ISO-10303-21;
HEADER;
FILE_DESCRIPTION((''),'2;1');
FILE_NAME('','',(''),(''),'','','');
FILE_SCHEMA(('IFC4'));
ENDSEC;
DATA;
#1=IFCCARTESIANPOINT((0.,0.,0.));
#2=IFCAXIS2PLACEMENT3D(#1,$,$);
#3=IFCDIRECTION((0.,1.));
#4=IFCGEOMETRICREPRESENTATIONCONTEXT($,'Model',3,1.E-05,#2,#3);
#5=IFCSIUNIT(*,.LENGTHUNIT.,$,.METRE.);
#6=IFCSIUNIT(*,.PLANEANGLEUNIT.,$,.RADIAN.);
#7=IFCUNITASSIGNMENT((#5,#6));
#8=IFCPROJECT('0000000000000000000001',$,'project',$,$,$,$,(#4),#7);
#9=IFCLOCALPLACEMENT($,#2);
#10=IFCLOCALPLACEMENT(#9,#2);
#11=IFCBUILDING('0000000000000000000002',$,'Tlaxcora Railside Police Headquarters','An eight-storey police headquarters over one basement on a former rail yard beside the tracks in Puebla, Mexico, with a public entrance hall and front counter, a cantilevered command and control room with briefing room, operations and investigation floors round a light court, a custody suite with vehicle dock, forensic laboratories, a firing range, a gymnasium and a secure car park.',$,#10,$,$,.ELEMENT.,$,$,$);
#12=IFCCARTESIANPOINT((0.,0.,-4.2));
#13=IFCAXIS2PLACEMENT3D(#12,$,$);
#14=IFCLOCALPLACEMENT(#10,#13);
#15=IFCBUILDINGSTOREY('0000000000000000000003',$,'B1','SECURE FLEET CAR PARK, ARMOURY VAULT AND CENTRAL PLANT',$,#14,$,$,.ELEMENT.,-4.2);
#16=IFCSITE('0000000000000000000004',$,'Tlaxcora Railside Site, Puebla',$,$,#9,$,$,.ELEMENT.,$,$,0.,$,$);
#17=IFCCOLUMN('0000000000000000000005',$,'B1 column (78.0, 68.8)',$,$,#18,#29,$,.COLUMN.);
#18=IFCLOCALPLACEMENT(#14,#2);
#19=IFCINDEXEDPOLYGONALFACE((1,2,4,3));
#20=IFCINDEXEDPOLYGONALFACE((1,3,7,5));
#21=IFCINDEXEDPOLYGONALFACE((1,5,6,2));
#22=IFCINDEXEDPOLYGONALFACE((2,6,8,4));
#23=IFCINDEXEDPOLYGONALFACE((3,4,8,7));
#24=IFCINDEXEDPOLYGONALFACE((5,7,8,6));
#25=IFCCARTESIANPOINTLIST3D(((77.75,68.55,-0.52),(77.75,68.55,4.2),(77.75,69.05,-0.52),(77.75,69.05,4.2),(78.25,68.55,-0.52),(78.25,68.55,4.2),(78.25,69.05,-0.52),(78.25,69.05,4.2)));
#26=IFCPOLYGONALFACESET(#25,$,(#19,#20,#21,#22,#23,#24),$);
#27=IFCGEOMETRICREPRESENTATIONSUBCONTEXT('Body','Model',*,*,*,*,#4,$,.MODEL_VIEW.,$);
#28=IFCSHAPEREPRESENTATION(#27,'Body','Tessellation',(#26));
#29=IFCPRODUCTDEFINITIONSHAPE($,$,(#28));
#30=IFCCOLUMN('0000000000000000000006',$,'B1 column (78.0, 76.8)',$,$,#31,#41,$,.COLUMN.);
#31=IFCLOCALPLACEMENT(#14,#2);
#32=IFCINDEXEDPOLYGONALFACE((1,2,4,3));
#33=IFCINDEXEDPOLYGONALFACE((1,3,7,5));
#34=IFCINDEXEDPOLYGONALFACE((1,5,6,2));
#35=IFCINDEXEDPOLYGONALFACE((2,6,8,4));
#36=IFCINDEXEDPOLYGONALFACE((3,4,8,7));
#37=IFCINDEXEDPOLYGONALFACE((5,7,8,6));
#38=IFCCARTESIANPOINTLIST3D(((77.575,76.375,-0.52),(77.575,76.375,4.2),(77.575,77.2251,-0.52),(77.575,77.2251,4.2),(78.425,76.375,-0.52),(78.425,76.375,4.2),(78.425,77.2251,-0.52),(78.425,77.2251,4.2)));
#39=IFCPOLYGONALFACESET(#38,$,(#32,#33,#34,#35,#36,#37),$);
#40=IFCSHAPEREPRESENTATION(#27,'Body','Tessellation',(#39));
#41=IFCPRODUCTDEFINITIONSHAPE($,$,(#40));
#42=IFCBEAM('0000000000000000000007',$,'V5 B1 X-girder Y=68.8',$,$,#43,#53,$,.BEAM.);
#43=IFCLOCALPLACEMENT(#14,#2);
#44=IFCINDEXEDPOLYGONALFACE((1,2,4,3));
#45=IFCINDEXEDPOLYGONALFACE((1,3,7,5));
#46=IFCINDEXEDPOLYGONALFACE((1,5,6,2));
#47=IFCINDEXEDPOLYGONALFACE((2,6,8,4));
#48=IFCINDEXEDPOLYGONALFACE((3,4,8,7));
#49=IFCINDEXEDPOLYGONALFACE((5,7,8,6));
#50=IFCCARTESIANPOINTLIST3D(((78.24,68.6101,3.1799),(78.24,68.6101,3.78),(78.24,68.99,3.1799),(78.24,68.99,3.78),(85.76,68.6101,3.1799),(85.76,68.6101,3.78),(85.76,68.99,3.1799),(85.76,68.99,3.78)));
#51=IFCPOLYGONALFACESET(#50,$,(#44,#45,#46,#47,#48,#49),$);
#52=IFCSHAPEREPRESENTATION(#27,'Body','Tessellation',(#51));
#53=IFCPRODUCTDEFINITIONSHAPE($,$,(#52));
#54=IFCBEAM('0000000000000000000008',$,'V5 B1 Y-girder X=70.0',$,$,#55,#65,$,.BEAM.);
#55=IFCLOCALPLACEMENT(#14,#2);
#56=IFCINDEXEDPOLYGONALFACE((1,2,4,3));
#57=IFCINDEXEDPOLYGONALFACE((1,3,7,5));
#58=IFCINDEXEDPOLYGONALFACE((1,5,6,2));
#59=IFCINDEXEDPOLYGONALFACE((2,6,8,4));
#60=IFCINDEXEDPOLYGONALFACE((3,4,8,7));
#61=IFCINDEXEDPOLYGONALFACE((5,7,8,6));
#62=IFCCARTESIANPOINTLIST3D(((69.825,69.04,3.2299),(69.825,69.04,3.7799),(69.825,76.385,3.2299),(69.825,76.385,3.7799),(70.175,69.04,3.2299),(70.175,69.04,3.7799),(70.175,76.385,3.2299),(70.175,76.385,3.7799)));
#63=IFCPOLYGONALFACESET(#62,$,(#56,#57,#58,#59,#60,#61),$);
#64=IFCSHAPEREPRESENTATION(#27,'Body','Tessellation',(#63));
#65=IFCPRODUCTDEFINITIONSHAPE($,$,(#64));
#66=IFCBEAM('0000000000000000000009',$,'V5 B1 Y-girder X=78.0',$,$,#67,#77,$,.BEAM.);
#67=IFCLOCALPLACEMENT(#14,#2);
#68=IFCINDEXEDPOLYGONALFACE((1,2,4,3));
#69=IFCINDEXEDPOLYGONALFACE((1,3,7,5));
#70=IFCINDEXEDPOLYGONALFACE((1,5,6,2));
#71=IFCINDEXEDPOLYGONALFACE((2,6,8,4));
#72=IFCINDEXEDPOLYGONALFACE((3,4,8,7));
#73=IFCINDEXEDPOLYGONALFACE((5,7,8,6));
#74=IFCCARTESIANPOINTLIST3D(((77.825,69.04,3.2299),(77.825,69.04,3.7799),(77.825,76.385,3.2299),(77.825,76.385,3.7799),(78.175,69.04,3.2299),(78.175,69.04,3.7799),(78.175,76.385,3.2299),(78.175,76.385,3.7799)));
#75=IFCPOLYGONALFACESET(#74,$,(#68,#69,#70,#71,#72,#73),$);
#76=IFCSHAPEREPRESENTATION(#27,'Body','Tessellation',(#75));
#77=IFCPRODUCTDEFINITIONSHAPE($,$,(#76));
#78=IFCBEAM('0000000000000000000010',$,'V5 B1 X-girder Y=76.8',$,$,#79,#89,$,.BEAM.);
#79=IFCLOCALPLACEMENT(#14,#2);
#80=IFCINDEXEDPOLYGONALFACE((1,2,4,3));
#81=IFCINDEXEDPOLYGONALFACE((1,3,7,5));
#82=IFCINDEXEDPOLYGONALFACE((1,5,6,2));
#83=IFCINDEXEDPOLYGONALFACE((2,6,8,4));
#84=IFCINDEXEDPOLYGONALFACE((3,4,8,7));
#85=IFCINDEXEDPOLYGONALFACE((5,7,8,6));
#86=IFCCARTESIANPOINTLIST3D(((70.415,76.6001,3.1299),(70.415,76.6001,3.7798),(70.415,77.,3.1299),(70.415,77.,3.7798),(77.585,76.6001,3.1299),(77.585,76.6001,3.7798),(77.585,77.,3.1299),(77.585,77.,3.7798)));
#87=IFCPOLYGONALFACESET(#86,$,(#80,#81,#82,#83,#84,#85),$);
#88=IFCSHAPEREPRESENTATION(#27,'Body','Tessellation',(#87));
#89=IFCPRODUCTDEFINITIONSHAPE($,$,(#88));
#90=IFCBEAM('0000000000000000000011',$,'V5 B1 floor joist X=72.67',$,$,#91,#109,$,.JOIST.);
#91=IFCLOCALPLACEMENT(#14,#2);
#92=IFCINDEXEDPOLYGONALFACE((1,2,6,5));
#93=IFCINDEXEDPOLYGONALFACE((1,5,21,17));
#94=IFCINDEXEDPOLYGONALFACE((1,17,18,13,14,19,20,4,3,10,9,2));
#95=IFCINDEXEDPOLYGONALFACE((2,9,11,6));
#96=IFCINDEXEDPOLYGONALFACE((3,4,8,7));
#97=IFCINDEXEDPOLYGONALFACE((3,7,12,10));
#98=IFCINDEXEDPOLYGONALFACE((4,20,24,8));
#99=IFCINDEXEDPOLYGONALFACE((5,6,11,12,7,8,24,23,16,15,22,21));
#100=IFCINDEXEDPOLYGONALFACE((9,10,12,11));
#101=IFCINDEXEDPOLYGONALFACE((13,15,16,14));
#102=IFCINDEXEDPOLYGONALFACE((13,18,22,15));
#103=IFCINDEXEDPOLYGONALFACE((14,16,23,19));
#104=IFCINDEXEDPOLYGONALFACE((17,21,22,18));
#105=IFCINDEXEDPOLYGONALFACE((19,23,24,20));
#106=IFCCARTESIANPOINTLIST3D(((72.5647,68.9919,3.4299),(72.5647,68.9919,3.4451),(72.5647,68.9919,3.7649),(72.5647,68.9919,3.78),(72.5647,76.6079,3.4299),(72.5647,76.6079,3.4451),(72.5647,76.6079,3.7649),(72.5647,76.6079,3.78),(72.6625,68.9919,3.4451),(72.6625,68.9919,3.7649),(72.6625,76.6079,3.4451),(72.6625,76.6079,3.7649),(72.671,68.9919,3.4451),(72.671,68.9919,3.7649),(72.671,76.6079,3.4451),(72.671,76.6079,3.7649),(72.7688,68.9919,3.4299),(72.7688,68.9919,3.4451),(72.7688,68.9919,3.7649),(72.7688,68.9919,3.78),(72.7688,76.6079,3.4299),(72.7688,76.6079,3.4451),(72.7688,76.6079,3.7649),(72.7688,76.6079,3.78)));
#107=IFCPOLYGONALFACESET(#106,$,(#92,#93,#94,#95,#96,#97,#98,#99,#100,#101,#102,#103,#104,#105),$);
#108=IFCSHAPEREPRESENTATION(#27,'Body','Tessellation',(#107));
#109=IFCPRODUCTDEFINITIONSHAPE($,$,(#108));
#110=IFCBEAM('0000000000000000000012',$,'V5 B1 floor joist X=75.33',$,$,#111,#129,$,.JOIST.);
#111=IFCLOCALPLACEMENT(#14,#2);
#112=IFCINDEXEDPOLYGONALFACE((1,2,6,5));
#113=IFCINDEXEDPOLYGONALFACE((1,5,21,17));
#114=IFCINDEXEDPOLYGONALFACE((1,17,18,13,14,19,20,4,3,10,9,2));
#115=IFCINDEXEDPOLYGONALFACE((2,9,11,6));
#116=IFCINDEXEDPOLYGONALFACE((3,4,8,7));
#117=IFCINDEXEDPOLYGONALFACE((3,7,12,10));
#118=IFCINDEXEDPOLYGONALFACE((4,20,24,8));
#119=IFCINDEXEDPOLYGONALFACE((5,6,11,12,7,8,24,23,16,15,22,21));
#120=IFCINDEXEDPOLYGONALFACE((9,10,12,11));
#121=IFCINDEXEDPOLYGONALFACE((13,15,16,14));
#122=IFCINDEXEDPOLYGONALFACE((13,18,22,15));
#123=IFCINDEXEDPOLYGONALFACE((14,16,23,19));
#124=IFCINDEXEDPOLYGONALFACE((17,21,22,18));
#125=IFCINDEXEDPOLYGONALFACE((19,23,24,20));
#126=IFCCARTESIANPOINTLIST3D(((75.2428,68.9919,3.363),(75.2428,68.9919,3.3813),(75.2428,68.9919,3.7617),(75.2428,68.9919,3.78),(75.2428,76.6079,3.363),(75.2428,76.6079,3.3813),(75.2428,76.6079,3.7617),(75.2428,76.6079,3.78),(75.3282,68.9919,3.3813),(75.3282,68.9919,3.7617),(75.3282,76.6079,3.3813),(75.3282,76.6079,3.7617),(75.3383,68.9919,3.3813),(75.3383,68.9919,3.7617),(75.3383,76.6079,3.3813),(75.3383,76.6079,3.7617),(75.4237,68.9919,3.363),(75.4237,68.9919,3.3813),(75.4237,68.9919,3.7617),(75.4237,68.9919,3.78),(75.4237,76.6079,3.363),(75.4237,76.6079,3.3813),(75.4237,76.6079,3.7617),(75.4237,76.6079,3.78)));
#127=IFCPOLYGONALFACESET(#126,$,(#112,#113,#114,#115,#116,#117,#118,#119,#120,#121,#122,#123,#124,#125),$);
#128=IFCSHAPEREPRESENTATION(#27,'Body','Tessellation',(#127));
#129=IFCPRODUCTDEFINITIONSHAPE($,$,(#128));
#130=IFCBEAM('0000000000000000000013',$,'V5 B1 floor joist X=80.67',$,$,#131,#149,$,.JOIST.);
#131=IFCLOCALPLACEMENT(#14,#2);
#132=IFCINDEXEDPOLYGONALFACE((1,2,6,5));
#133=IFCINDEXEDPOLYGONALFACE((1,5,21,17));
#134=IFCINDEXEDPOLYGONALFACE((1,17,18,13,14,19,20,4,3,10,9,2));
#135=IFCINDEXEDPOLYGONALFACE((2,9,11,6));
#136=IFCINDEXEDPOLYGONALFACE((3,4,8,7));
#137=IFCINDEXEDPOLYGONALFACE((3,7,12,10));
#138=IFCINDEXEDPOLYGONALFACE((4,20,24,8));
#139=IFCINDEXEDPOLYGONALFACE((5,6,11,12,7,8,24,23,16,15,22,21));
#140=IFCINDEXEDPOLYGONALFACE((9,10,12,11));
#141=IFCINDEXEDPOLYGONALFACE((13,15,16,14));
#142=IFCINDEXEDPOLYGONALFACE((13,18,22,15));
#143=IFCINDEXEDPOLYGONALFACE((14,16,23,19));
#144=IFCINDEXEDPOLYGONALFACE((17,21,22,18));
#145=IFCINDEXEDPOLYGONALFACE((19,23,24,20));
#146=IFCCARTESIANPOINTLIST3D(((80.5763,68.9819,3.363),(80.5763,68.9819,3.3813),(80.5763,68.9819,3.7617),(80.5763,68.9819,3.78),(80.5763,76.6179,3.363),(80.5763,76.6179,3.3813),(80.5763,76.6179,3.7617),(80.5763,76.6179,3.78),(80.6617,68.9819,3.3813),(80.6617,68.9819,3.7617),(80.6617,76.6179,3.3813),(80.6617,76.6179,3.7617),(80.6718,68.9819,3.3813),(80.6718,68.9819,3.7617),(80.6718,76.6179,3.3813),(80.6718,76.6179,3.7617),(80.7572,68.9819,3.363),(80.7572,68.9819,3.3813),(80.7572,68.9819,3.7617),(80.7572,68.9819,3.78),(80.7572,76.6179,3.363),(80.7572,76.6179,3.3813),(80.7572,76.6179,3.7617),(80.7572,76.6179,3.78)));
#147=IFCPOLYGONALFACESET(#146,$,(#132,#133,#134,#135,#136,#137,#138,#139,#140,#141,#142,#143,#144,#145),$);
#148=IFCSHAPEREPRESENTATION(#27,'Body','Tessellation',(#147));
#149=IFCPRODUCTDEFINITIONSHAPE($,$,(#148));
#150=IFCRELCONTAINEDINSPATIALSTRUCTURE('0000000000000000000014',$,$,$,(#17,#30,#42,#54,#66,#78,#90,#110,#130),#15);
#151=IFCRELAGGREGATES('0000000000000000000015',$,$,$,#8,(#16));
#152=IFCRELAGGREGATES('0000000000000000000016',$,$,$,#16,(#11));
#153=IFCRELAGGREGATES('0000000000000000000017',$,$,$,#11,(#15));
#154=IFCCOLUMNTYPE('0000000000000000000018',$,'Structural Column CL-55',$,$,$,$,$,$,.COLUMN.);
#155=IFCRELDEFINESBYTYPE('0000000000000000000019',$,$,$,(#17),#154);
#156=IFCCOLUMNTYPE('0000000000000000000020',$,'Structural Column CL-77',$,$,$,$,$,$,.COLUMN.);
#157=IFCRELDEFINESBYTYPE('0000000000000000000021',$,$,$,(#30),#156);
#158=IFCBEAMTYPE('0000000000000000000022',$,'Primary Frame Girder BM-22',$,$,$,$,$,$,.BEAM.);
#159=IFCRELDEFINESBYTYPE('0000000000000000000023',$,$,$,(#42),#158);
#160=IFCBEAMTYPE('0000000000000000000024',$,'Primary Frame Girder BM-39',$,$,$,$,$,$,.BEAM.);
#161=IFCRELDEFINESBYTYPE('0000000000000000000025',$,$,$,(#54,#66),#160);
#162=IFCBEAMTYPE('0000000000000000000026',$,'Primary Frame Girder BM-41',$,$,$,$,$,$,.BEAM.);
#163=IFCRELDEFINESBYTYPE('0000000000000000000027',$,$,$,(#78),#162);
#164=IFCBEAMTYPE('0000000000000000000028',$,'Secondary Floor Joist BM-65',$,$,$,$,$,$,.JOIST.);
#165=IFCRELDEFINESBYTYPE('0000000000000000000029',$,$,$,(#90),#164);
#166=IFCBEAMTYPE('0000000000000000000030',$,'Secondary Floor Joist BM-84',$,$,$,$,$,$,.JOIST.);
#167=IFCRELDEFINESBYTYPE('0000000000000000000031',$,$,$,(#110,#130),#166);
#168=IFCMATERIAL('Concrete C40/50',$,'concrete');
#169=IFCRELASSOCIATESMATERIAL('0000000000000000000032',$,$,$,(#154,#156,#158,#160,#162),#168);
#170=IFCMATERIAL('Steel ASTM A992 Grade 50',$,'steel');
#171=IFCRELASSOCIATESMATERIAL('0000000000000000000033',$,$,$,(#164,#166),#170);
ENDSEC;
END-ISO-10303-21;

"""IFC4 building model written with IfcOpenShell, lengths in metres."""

from ifc_helpers import new_model, si_unit, direction, frame, origin, origin_2d, place, context, subcontext, project, spatial, rectangle, i_section, extrude, material, material_profile, profile_set, type_object, element, save


model = new_model("IFC4")

# Units and contexts
model_context = context("Model", 3, precision=1e-05, world=origin(), true_north=direction((0.0, 1.0)))
body_context = subcontext(model_context, "Body", "Model", "MODEL_VIEW")
ifc_project = project(units=[si_unit("LENGTHUNIT", "METRE"), si_unit("PLANEANGLEUNIT", "RADIAN")], contexts=[model_context])

# Site, building, storey
site_placement = place(None, origin())
site = spatial("IfcSite", under=ifc_project, at=site_placement, Name="Tlaxcora Railside Site, Puebla", CompositionType="ELEMENT", RefElevation=0.0)
building_placement = place(site_placement, origin())
building = spatial("IfcBuilding", under=site, at=building_placement, Name="Tlaxcora Railside Police Headquarters", Description="An eight-storey police headquarters over one basement on a former rail yard beside the tracks in Puebla, Mexico, with a public entrance hall and front counter, a cantilevered command and control room with briefing room, operations and investigation floors round a light court, a custody suite with vehicle dock, forensic laboratories, a firing range, a gymnasium and a secure car park.", CompositionType="ELEMENT")
storey_placement = place(building_placement, frame((0.0, 0.0, -4.2)))
storey = spatial("IfcBuildingStorey", under=building, at=storey_placement, Name="B1", Description="SECURE FLEET CAR PARK, ARMOURY VAULT AND CENTRAL PLANT", CompositionType="ELEMENT", Elevation=-4.2)

# Shared definitions
ifc_material_1 = material(Name="Concrete C40/50", Category="concrete")

# Columns
ifc_material_profile_1 = material_profile(ifc_material_1, rectangle(XDim=0.5, YDim=0.5, at=origin_2d()), Name="RC500X500")
ifc_profile_set_1 = profile_set([ifc_material_profile_1], Name="Concrete C40/50")
column_type_1 = type_object("IfcColumnType", Name="Structural Column CL-55", PredefinedType="COLUMN", material=ifc_profile_set_1)
column_1_placement = place(storey_placement, frame((78.0, 68.8, -0.52), z_axis=(0.0, 0.0, 1.0), x_axis=(1.0, 0.0, 0.0)))
element("IfcColumn", 1, at=column_1_placement, inside=storey, type_object=column_type_1, Name="B1 column (78.0, 68.8)", PredefinedType="COLUMN", context=body_context, shape_type="SweptSolid", body=[
    extrude(rectangle(XDim=0.5, YDim=0.5, at=origin_2d()), origin(), (0.0, 0.0, 1.0), 4.72),
])
ifc_material_profile_2 = material_profile(ifc_material_1, rectangle(XDim=0.8501, YDim=0.8501, at=origin_2d()), Name="RC850X850")
ifc_profile_set_2 = profile_set([ifc_material_profile_2], Name="Concrete C40/50")
column_type_2 = type_object("IfcColumnType", Name="Structural Column CL-77", PredefinedType="COLUMN", material=ifc_profile_set_2)
column_2_placement = place(storey_placement, frame((78.0, 76.8, -0.52), z_axis=(0.0, 0.0, 1.0), x_axis=(1.0, 0.0, 0.0)))
element("IfcColumn", 2, at=column_2_placement, inside=storey, type_object=column_type_2, Name="B1 column (78.0, 76.8)", PredefinedType="COLUMN", context=body_context, shape_type="SweptSolid", body=[
    extrude(rectangle(XDim=0.8501, YDim=0.8501, at=origin_2d()), origin(), (0.0, 0.0, 1.0), 4.72),
])

# Beams
ifc_material_profile_3 = material_profile(ifc_material_1, rectangle(XDim=0.3799, YDim=0.6001, at=origin_2d()), Name="RC380X600")
ifc_profile_set_3 = profile_set([ifc_material_profile_3], Name="Concrete C40/50")
beam_type_1 = type_object("IfcBeamType", Name="Primary Frame Girder BM-22", PredefinedType="BEAM", material=ifc_profile_set_3)
beam_1_placement = place(storey_placement, frame((78.24, 68.8, 3.48), z_axis=(1.0, 0.0, 0.0), x_axis=(0.0, 1.0, 0.0)))
element("IfcBeam", 3, at=beam_1_placement, inside=storey, type_object=beam_type_1, Name="V5 B1 X-girder Y=68.8", PredefinedType="BEAM", context=body_context, shape_type="SweptSolid", body=[
    extrude(rectangle(XDim=0.3799, YDim=0.6001, at=origin_2d()), origin(), (0.0, 0.0, 1.0), 7.52),
])
ifc_material_profile_4 = material_profile(ifc_material_1, rectangle(XDim=0.3501, YDim=0.55, at=origin_2d()), Name="RC350X550")
ifc_profile_set_4 = profile_set([ifc_material_profile_4], Name="Concrete C40/50")
beam_type_2 = type_object("IfcBeamType", Name="Primary Frame Girder BM-39", PredefinedType="BEAM", material=ifc_profile_set_4)
for number, where, z_axis, x_axis, name in (
    (4, (70.0, 69.04, 3.5049), (0.0, 1.0, 0.0), (-1.0, 0.0, 0.0), "V5 B1 Y-girder X=70.0"),
    (5, (78.0, 69.04, 3.5049), (0.0, 1.0, 0.0), (-1.0, 0.0, 0.0), "V5 B1 Y-girder X=78.0"),
):
    element("IfcBeam", number, at=place(storey_placement, frame(where, z_axis=z_axis, x_axis=x_axis)), inside=storey, type_object=beam_type_2, Name=name, PredefinedType="BEAM", context=body_context, shape_type="SweptSolid", body=[
        extrude(rectangle(XDim=0.3501, YDim=0.55, at=origin_2d()), origin(), (0.0, 0.0, 1.0), 7.345),
    ])
ifc_material_profile_5 = material_profile(ifc_material_1, rectangle(XDim=0.3999, YDim=0.6499, at=origin_2d()), Name="RC400X650")
ifc_profile_set_5 = profile_set([ifc_material_profile_5], Name="Concrete C40/50")
beam_type_3 = type_object("IfcBeamType", Name="Primary Frame Girder BM-41", PredefinedType="BEAM", material=ifc_profile_set_5)
beam_2_placement = place(storey_placement, frame((70.415, 76.8, 3.4548), z_axis=(1.0, 0.0, 0.0), x_axis=(0.0, 1.0, 0.0)))
element("IfcBeam", 6, at=beam_2_placement, inside=storey, type_object=beam_type_3, Name="V5 B1 X-girder Y=76.8", PredefinedType="BEAM", context=body_context, shape_type="SweptSolid", body=[
    extrude(rectangle(XDim=0.3999, YDim=0.6499, at=origin_2d()), origin(), (0.0, 0.0, 1.0), 7.1699),
])
ifc_material_2 = material(Name="Steel ASTM A992 Grade 50", Category="steel")
ifc_material_profile_6 = material_profile(ifc_material_2, i_section(OverallWidth=0.2041, OverallDepth=0.3501, WebThickness=0.0085, FlangeThickness=0.0151, at=origin_2d()), Name="W14X48")
ifc_profile_set_6 = profile_set([ifc_material_profile_6], Name="Steel ASTM A992 Grade 50")
beam_type_4 = type_object("IfcBeamType", Name="Secondary Floor Joist BM-65", PredefinedType="JOIST", material=ifc_profile_set_6)
beam_3_placement = place(storey_placement, frame((72.6667, 68.9919, 3.605), z_axis=(0.0, 1.0, 0.0), x_axis=(-1.0, 0.0, 0.0)))
element("IfcBeam", 7, at=beam_3_placement, inside=storey, type_object=beam_type_4, Name="V5 B1 floor joist X=72.67", PredefinedType="JOIST", context=body_context, shape_type="SweptSolid", body=[
    extrude(i_section(OverallWidth=0.2041, OverallDepth=0.3501, WebThickness=0.0085, FlangeThickness=0.0151, at=origin_2d()), origin(), (0.0, 0.0, 1.0), 7.616),
])
ifc_material_profile_7 = material_profile(ifc_material_2, i_section(OverallWidth=0.1809, OverallDepth=0.417, WebThickness=0.01, FlangeThickness=0.0183, at=origin_2d()), Name="W16X57")
ifc_profile_set_7 = profile_set([ifc_material_profile_7], Name="Steel ASTM A992 Grade 50")
beam_type_5 = type_object("IfcBeamType", Name="Secondary Floor Joist BM-84", PredefinedType="JOIST", material=ifc_profile_set_7)
beam_4_placement = place(storey_placement, frame((75.3333, 68.9919, 3.5715), z_axis=(0.0, 1.0, 0.0), x_axis=(-1.0, 0.0, 0.0)))
element("IfcBeam", 8, at=beam_4_placement, inside=storey, type_object=beam_type_5, Name="V5 B1 floor joist X=75.33", PredefinedType="JOIST", context=body_context, shape_type="SweptSolid", body=[
    extrude(i_section(OverallWidth=0.1809, OverallDepth=0.417, WebThickness=0.01, FlangeThickness=0.0183, at=origin_2d()), origin(), (0.0, 0.0, 1.0), 7.616),
])
beam_5_placement = place(storey_placement, frame((80.6667, 68.9819, 3.5715), z_axis=(0.0, 1.0, 0.0), x_axis=(-1.0, 0.0, 0.0)))
element("IfcBeam", 9, at=beam_5_placement, inside=storey, type_object=beam_type_5, Name="V5 B1 floor joist X=80.67", PredefinedType="JOIST", context=body_context, shape_type="SweptSolid", body=[
    extrude(i_section(OverallWidth=0.1809, OverallDepth=0.417, WebThickness=0.01, FlangeThickness=0.0183, at=origin_2d()), origin(), (0.0, 0.0, 1.0), 7.636),
])

save(model, "model.ifc")
